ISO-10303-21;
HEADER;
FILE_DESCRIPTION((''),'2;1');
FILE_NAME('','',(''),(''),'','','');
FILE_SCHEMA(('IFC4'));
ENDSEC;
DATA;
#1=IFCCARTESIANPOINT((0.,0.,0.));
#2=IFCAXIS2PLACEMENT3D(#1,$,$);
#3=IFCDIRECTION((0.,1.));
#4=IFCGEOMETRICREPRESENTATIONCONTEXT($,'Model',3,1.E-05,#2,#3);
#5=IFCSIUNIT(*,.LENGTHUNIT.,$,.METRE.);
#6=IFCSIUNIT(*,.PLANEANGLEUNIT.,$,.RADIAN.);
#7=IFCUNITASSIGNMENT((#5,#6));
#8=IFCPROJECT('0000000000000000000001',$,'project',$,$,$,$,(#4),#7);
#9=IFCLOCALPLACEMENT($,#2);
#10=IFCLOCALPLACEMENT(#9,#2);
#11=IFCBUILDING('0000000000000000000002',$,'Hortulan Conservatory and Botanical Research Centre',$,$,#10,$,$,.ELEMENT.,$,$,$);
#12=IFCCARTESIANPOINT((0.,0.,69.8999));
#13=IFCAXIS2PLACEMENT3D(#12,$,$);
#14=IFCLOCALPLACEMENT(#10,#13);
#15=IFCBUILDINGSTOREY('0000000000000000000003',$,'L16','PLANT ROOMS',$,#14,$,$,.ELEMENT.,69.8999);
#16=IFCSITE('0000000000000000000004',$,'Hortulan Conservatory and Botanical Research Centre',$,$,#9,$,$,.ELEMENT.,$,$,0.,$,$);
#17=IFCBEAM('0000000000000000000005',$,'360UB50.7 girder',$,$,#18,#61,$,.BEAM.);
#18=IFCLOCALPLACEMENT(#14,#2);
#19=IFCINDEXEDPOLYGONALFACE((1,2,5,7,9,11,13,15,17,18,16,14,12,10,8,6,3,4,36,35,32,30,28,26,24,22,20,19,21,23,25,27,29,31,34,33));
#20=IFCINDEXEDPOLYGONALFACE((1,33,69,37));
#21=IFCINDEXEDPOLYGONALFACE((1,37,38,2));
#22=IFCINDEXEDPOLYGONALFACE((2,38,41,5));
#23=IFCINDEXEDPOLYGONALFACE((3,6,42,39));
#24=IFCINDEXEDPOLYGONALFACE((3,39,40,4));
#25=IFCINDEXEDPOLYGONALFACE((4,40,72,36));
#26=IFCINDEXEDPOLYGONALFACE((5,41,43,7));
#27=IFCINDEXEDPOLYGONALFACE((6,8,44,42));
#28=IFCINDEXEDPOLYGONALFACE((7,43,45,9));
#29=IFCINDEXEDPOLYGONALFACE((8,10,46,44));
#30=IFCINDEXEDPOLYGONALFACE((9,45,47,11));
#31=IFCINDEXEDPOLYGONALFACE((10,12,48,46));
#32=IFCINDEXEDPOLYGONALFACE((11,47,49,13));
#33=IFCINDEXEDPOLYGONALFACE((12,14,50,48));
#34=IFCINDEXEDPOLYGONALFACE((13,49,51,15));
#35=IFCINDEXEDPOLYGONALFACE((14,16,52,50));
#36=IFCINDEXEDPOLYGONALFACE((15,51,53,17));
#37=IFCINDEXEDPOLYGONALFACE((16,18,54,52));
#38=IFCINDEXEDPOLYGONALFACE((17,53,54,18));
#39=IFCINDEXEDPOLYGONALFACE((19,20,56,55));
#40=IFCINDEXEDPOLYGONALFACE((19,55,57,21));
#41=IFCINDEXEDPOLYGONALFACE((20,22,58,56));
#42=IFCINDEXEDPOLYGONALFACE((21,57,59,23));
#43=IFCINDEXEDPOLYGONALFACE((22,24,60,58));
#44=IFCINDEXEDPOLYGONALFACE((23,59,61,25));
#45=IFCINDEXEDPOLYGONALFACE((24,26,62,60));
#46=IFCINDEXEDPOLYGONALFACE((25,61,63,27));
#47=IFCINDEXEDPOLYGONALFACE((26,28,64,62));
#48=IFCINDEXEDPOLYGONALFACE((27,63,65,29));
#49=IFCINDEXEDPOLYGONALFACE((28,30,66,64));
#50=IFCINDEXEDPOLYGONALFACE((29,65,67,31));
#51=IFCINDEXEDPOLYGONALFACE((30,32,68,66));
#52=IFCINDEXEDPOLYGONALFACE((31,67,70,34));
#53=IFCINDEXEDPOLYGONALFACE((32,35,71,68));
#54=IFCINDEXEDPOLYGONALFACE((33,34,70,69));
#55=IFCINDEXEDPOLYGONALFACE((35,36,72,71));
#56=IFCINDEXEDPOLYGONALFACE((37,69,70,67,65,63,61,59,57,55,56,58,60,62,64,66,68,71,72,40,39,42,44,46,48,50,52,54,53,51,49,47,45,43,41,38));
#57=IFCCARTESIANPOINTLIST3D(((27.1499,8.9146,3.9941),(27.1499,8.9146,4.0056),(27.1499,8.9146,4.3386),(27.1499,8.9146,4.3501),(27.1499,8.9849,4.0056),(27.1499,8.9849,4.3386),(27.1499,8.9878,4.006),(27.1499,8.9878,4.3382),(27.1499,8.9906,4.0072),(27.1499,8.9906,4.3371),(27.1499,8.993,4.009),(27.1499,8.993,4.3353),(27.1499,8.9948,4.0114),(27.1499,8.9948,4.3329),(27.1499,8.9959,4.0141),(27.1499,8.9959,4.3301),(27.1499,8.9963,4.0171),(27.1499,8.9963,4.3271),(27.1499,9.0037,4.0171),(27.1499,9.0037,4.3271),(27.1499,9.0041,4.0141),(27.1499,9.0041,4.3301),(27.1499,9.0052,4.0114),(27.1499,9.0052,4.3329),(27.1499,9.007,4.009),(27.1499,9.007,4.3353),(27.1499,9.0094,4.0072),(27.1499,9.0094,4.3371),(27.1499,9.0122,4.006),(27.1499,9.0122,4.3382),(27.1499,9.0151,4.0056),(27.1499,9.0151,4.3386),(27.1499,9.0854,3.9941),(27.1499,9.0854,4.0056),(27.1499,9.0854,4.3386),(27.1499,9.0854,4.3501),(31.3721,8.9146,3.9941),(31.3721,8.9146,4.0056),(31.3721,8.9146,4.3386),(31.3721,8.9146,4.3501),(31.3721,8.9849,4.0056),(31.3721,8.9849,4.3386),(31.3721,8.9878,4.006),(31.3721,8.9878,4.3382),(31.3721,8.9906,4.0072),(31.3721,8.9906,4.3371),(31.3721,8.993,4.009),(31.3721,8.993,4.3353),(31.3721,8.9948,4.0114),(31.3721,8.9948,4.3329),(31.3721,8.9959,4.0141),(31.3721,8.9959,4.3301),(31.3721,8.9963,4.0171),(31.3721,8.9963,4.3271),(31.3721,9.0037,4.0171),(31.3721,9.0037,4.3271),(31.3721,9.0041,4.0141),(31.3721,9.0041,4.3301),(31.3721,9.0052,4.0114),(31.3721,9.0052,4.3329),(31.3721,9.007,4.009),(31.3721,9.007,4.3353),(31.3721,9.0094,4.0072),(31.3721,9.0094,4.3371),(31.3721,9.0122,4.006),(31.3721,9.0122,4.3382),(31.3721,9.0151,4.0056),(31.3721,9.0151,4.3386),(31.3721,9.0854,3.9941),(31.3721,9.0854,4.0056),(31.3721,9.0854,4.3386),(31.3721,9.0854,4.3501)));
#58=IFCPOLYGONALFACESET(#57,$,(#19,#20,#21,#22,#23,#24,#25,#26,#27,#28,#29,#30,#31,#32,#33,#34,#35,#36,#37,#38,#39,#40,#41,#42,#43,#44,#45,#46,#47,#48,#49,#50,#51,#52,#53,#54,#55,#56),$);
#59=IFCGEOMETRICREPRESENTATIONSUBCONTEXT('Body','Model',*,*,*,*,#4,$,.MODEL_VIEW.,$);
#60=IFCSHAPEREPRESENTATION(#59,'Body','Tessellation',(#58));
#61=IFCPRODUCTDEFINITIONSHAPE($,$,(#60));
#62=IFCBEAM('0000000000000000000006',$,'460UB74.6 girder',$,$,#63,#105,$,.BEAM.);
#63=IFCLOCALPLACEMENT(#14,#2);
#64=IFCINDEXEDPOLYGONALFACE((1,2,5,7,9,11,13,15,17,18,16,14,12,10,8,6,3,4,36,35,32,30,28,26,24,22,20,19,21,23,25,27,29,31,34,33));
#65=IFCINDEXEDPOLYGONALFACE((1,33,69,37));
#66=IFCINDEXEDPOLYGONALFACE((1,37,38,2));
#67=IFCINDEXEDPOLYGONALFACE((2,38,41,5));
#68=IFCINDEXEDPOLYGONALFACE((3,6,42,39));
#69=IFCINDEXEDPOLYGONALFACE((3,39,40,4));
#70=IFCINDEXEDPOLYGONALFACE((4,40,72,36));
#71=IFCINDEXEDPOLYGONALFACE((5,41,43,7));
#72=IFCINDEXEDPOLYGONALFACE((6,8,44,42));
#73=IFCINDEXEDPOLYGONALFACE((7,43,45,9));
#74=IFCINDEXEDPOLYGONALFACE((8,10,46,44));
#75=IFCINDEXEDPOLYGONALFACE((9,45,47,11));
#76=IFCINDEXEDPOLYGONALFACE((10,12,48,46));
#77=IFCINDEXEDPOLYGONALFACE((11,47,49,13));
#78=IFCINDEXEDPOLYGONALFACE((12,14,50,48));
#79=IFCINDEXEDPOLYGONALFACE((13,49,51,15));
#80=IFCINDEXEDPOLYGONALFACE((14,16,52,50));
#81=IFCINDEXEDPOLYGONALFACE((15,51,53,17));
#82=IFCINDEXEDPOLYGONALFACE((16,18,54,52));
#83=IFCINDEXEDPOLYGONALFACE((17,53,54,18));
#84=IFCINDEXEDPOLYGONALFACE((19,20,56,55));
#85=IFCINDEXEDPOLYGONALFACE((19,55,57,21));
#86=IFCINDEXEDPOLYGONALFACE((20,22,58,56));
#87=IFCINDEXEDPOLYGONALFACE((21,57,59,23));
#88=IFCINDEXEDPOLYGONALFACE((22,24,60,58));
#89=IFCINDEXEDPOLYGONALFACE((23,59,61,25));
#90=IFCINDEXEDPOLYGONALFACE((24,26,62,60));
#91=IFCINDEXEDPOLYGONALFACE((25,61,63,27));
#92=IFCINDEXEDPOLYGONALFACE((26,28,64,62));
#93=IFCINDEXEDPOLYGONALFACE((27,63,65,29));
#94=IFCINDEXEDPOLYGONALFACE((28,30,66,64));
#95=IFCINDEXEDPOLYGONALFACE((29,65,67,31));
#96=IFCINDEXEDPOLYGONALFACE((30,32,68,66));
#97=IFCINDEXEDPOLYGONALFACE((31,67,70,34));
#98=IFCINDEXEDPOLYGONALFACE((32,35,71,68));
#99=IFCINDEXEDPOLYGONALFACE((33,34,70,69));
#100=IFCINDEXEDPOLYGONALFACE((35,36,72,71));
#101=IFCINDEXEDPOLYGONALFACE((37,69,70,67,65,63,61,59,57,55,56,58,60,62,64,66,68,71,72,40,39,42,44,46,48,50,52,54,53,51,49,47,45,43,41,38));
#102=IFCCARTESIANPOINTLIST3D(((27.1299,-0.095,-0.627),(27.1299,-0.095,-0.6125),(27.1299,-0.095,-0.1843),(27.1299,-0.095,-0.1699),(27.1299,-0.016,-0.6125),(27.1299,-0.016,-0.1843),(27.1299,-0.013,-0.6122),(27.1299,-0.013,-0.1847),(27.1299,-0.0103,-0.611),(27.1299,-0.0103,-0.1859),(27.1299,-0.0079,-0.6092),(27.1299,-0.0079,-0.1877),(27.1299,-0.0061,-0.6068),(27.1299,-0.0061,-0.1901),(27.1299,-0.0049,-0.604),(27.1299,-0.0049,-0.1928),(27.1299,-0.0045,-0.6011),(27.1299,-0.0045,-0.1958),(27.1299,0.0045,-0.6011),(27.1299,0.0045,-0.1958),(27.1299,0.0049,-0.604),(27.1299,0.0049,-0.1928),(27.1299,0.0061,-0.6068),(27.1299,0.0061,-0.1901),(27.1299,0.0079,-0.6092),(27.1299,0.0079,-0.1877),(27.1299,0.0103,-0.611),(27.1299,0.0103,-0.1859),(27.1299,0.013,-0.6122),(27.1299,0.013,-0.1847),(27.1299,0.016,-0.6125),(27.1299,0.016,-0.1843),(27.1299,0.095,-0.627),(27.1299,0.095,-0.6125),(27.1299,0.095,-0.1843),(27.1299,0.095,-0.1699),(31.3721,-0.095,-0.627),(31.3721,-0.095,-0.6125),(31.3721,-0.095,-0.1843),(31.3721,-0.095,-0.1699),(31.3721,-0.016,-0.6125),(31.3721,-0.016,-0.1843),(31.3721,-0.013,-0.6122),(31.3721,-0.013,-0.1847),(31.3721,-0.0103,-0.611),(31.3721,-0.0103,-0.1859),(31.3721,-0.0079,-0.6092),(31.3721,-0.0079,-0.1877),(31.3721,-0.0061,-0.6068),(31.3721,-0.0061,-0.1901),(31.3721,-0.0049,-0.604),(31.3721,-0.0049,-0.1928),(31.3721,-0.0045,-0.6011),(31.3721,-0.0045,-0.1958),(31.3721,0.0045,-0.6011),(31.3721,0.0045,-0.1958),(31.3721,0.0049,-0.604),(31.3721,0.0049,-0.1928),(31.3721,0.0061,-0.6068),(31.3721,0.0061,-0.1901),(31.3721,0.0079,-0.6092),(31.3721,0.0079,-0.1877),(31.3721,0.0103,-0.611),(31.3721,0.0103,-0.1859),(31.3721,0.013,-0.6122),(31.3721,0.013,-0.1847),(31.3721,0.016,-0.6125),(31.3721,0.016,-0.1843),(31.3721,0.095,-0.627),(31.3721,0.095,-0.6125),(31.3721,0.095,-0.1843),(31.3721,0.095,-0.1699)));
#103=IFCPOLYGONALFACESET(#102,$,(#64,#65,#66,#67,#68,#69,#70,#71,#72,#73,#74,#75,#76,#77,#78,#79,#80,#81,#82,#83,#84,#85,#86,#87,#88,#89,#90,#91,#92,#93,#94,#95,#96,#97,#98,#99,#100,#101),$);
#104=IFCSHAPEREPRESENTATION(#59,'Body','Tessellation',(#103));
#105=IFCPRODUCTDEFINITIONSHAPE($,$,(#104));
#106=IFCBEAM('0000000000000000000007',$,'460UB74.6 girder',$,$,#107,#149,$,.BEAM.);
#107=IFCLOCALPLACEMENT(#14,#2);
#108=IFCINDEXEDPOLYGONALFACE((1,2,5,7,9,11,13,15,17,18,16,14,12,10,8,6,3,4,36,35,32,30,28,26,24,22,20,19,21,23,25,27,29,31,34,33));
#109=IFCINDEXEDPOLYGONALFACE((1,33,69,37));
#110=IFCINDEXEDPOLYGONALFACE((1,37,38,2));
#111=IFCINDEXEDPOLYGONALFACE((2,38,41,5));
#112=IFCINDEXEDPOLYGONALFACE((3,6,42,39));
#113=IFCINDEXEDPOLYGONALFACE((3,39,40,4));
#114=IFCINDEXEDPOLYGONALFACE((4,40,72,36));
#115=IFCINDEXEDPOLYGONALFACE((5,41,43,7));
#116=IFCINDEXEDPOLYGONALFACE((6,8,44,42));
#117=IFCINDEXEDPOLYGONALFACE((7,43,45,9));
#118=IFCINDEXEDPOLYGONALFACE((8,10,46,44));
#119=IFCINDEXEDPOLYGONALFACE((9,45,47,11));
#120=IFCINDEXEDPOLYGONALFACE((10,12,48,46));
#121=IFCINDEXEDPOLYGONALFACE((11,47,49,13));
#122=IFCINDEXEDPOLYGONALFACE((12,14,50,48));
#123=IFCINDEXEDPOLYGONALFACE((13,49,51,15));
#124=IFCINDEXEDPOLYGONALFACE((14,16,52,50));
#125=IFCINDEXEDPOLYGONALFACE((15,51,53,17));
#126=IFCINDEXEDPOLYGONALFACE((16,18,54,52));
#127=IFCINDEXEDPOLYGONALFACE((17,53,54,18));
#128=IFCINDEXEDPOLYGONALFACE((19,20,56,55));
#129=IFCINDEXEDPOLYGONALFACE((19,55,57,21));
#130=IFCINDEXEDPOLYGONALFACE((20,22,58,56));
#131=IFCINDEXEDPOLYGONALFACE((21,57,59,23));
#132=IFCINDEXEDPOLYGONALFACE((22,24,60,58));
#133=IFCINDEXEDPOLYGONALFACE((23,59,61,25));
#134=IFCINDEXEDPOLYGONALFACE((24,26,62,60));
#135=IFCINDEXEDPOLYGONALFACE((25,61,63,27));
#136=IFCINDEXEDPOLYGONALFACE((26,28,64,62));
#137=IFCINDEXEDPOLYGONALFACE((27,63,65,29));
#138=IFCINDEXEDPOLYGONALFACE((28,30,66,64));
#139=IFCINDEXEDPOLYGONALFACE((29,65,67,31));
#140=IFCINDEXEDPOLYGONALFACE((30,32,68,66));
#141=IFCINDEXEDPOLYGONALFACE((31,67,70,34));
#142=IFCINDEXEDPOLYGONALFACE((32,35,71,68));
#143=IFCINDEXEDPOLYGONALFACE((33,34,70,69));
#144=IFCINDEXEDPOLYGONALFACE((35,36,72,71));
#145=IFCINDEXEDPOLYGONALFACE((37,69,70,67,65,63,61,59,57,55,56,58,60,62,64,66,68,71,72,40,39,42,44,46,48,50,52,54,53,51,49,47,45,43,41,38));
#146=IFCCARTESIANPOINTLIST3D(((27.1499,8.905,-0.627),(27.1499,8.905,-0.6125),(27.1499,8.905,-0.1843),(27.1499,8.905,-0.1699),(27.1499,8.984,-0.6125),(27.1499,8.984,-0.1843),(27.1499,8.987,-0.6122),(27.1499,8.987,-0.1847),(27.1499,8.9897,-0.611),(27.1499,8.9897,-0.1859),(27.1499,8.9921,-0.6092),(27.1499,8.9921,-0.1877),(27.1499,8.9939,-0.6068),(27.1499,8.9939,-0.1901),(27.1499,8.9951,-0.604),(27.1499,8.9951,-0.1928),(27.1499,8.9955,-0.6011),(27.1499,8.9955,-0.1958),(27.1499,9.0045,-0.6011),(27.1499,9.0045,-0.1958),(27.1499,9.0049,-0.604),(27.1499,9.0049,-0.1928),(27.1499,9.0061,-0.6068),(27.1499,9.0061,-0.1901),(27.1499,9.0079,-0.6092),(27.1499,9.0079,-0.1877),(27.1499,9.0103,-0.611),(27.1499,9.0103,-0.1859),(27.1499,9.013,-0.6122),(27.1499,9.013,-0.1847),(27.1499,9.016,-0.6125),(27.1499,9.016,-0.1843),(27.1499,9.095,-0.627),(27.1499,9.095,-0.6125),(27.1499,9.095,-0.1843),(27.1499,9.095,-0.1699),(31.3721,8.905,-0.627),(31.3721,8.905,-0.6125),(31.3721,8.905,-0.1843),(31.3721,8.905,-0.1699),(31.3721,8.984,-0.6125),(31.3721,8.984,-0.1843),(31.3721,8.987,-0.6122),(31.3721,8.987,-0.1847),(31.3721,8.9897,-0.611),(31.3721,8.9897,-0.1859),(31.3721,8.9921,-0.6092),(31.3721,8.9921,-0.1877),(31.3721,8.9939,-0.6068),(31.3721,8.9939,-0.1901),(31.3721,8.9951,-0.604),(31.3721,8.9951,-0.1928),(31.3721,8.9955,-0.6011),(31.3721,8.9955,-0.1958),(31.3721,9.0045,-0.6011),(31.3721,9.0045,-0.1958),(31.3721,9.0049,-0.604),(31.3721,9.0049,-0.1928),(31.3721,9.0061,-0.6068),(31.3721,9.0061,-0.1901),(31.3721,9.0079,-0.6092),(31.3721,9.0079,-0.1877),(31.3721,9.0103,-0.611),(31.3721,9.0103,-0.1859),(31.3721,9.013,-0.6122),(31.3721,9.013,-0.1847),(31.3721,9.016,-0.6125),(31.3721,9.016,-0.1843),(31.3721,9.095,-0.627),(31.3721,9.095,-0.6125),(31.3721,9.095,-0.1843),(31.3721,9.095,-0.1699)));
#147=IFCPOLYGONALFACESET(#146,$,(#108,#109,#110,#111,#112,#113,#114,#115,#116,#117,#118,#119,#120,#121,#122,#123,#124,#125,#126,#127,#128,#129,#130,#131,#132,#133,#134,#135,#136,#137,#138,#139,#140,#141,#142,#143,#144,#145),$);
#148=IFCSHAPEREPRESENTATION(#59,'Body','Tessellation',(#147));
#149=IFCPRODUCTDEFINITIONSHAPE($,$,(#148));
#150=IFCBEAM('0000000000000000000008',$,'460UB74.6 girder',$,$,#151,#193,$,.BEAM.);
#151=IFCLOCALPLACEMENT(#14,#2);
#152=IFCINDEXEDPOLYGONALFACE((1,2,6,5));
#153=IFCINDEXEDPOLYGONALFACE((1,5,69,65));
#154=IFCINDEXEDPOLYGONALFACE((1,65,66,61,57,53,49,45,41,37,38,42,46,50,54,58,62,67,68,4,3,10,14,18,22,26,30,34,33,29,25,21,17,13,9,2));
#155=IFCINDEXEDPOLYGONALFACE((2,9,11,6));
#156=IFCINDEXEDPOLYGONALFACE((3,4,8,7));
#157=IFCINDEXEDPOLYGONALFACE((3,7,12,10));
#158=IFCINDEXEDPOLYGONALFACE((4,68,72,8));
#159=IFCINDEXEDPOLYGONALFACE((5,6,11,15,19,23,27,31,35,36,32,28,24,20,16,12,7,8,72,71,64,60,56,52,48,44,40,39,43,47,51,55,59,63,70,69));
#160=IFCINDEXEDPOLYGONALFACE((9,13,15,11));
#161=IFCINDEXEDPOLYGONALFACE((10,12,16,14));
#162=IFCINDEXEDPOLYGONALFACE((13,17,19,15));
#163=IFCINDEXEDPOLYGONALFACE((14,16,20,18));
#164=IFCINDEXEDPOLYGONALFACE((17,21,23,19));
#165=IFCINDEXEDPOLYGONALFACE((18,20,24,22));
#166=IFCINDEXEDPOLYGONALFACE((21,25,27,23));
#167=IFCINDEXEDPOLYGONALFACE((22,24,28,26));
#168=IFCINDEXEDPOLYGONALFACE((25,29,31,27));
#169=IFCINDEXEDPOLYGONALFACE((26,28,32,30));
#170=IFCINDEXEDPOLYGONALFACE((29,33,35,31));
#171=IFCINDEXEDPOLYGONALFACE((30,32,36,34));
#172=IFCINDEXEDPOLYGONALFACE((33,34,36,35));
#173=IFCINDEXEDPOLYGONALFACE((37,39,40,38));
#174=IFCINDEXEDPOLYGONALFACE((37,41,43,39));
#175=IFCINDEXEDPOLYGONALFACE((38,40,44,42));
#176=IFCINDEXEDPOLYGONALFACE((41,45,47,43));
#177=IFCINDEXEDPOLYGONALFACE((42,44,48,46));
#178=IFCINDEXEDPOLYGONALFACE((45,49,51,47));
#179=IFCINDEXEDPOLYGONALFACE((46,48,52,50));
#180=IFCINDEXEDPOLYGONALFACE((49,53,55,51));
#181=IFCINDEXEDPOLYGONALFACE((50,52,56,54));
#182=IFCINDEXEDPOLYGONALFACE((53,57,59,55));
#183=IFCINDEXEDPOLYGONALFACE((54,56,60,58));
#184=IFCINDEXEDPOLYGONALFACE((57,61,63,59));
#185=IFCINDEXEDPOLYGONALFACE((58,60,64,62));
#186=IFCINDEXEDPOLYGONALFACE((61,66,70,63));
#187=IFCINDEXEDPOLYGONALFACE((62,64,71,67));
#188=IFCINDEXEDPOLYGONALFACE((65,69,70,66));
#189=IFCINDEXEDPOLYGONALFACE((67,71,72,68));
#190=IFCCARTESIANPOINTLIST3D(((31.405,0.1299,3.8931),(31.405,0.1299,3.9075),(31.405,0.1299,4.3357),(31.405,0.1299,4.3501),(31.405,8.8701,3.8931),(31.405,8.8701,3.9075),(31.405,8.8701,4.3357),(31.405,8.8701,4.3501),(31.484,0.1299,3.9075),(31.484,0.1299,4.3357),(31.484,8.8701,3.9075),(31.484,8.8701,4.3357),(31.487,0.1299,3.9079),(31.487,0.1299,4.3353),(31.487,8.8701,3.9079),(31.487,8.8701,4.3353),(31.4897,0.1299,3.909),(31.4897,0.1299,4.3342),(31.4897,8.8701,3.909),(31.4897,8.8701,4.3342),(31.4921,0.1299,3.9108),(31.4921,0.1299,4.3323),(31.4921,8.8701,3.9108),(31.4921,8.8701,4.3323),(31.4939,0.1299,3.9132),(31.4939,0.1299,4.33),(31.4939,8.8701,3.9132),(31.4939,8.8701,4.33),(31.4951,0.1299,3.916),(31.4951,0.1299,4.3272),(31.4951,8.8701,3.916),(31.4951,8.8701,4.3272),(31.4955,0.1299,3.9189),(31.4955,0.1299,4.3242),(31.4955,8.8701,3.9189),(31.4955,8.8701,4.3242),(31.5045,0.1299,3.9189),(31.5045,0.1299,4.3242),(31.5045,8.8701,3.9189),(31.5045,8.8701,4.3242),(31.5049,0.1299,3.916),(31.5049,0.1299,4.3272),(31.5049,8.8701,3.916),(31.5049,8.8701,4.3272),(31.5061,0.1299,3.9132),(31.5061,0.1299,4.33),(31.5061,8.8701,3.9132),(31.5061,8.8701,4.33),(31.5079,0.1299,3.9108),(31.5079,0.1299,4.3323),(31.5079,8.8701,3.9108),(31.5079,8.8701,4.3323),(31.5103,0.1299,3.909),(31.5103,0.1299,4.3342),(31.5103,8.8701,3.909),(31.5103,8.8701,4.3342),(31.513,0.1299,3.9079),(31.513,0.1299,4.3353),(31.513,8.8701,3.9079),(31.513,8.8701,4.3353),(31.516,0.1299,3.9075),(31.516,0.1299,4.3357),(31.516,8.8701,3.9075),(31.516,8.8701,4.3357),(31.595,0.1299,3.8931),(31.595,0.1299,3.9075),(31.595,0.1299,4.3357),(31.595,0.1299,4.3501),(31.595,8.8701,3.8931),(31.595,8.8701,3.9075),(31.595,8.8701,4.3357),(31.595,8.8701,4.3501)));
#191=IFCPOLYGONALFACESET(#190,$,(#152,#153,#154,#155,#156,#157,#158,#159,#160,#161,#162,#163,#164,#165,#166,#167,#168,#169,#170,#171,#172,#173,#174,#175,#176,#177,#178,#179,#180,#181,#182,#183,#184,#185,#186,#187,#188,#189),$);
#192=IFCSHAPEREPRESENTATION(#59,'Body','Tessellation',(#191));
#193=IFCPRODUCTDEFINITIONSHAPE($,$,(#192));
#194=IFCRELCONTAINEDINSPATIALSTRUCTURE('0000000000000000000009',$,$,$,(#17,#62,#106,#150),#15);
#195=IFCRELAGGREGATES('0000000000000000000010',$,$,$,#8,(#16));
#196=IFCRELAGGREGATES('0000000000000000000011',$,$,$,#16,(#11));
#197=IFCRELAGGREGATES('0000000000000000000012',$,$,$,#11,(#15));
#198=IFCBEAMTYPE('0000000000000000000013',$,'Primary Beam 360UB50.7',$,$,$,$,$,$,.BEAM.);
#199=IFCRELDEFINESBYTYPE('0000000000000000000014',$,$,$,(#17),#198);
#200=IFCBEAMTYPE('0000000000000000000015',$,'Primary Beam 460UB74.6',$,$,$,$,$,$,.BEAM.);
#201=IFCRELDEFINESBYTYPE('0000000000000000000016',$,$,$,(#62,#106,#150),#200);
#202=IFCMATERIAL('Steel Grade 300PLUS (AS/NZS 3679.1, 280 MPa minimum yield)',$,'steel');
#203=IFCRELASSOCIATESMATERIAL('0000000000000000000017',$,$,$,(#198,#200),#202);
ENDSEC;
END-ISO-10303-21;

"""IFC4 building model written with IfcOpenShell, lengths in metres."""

from ifc_helpers import new_model, si_unit, direction, frame, origin, origin_2d, place, context, subcontext, project, spatial, i_section, extrude, material, material_profile, profile_set, type_object, element, save


model = new_model("IFC4")

# Units and contexts
model_context = context("Model", 3, precision=1e-05, world=origin(), true_north=direction((0.0, 1.0)))
body_context = subcontext(model_context, "Body", "Model", "MODEL_VIEW")
ifc_project = project(units=[si_unit("LENGTHUNIT", "METRE"), si_unit("PLANEANGLEUNIT", "RADIAN")], contexts=[model_context])

# Site, building, storey
site_placement = place(None, origin())
site = spatial("IfcSite", under=ifc_project, at=site_placement, Name="Hortulan Conservatory and Botanical Research Centre", CompositionType="ELEMENT", RefElevation=0.0)
building_placement = place(site_placement, origin())
building = spatial("IfcBuilding", under=site, at=building_placement, Name="Hortulan Conservatory and Botanical Research Centre", CompositionType="ELEMENT")
storey_placement = place(building_placement, frame((0.0, 0.0, 69.8999)))
storey = spatial("IfcBuildingStorey", under=building, at=storey_placement, Name="L16", Description="PLANT ROOMS", CompositionType="ELEMENT", Elevation=69.8999)

# Shared definitions
ifc_material_1 = material(Name="Steel Grade 300PLUS (AS/NZS 3679.1, 280 MPa minimum yield)", Category="steel")

# Beams
ifc_material_profile_1 = material_profile(ifc_material_1, i_section(OverallWidth=0.1709, OverallDepth=0.356, WebThickness=0.0073, FlangeThickness=0.0115, FilletRadius=0.0115, at=origin_2d()), Name="360UB50.7")
ifc_profile_set_1 = profile_set([ifc_material_profile_1], Name="Steel Grade 300PLUS (AS/NZS 3679.1, 280 MPa minimum yield)")
beam_type_1 = type_object("IfcBeamType", Name="Primary Beam 360UB50.7", PredefinedType="BEAM", material=ifc_profile_set_1)
beam_1_placement = place(storey_placement, frame((27.1499, 9.0, 4.1721), z_axis=(1.0, 0.0, 0.0), x_axis=(0.0, 1.0, 0.0)))
element("IfcBeam", 1, at=beam_1_placement, inside=storey, type_object=beam_type_1, Name="360UB50.7 girder", PredefinedType="BEAM", context=body_context, shape_type="SweptSolid", body=[
    extrude(i_section(OverallWidth=0.1709, OverallDepth=0.356, WebThickness=0.0073, FlangeThickness=0.0115, FilletRadius=0.0115, at=origin_2d()), origin(), (0.0, 0.0, 1.0), 4.2222),
])
ifc_material_profile_2 = material_profile(ifc_material_1, i_section(OverallWidth=0.1899, OverallDepth=0.457, WebThickness=0.009, FlangeThickness=0.0144, FilletRadius=0.0115, at=origin_2d()), Name="460UB74.6")
ifc_profile_set_2 = profile_set([ifc_material_profile_2], Name="Steel Grade 300PLUS (AS/NZS 3679.1, 280 MPa minimum yield)")
beam_type_2 = type_object("IfcBeamType", Name="Primary Beam 460UB74.6", PredefinedType="BEAM", material=ifc_profile_set_2)
beam_2_placement = place(storey_placement, frame((27.1299, 0.0, -0.3984), z_axis=(1.0, 0.0, 0.0), x_axis=(0.0, 1.0, 0.0)))
element("IfcBeam", 2, at=beam_2_placement, inside=storey, type_object=beam_type_2, Name="460UB74.6 girder", PredefinedType="BEAM", context=body_context, shape_type="SweptSolid", body=[
    extrude(i_section(OverallWidth=0.1899, OverallDepth=0.457, WebThickness=0.009, FlangeThickness=0.0144, FilletRadius=0.0115, at=origin_2d()), origin(), (0.0, 0.0, 1.0), 4.2422),
])
beam_3_placement = place(storey_placement, frame((27.1499, 9.0, -0.3984), z_axis=(1.0, 0.0, 0.0), x_axis=(0.0, 1.0, 0.0)))
element("IfcBeam", 3, at=beam_3_placement, inside=storey, type_object=beam_type_2, Name="460UB74.6 girder", PredefinedType="BEAM", context=body_context, shape_type="SweptSolid", body=[
    extrude(i_section(OverallWidth=0.1899, OverallDepth=0.457, WebThickness=0.009, FlangeThickness=0.0144, FilletRadius=0.0115, at=origin_2d()), origin(), (0.0, 0.0, 1.0), 4.2222),
])
for number, where, z_axis, x_axis, name in (
    (4, (31.5, 0.1299, 4.1216), (0.0, 1.0, 0.0), (-1.0, 0.0, 0.0), "460UB74.6 girder"),
):
    element("IfcBeam", number, at=place(storey_placement, frame(where, z_axis=z_axis, x_axis=x_axis)), inside=storey, type_object=beam_type_2, Name=name, PredefinedType="BEAM", context=body_context, shape_type="SweptSolid", body=[
        extrude(i_section(OverallWidth=0.1899, OverallDepth=0.457, WebThickness=0.009, FlangeThickness=0.0144, FilletRadius=0.0115, at=origin_2d()), origin(), (0.0, 0.0, 1.0), 8.7402),
    ])

save(model, "model.ifc")
